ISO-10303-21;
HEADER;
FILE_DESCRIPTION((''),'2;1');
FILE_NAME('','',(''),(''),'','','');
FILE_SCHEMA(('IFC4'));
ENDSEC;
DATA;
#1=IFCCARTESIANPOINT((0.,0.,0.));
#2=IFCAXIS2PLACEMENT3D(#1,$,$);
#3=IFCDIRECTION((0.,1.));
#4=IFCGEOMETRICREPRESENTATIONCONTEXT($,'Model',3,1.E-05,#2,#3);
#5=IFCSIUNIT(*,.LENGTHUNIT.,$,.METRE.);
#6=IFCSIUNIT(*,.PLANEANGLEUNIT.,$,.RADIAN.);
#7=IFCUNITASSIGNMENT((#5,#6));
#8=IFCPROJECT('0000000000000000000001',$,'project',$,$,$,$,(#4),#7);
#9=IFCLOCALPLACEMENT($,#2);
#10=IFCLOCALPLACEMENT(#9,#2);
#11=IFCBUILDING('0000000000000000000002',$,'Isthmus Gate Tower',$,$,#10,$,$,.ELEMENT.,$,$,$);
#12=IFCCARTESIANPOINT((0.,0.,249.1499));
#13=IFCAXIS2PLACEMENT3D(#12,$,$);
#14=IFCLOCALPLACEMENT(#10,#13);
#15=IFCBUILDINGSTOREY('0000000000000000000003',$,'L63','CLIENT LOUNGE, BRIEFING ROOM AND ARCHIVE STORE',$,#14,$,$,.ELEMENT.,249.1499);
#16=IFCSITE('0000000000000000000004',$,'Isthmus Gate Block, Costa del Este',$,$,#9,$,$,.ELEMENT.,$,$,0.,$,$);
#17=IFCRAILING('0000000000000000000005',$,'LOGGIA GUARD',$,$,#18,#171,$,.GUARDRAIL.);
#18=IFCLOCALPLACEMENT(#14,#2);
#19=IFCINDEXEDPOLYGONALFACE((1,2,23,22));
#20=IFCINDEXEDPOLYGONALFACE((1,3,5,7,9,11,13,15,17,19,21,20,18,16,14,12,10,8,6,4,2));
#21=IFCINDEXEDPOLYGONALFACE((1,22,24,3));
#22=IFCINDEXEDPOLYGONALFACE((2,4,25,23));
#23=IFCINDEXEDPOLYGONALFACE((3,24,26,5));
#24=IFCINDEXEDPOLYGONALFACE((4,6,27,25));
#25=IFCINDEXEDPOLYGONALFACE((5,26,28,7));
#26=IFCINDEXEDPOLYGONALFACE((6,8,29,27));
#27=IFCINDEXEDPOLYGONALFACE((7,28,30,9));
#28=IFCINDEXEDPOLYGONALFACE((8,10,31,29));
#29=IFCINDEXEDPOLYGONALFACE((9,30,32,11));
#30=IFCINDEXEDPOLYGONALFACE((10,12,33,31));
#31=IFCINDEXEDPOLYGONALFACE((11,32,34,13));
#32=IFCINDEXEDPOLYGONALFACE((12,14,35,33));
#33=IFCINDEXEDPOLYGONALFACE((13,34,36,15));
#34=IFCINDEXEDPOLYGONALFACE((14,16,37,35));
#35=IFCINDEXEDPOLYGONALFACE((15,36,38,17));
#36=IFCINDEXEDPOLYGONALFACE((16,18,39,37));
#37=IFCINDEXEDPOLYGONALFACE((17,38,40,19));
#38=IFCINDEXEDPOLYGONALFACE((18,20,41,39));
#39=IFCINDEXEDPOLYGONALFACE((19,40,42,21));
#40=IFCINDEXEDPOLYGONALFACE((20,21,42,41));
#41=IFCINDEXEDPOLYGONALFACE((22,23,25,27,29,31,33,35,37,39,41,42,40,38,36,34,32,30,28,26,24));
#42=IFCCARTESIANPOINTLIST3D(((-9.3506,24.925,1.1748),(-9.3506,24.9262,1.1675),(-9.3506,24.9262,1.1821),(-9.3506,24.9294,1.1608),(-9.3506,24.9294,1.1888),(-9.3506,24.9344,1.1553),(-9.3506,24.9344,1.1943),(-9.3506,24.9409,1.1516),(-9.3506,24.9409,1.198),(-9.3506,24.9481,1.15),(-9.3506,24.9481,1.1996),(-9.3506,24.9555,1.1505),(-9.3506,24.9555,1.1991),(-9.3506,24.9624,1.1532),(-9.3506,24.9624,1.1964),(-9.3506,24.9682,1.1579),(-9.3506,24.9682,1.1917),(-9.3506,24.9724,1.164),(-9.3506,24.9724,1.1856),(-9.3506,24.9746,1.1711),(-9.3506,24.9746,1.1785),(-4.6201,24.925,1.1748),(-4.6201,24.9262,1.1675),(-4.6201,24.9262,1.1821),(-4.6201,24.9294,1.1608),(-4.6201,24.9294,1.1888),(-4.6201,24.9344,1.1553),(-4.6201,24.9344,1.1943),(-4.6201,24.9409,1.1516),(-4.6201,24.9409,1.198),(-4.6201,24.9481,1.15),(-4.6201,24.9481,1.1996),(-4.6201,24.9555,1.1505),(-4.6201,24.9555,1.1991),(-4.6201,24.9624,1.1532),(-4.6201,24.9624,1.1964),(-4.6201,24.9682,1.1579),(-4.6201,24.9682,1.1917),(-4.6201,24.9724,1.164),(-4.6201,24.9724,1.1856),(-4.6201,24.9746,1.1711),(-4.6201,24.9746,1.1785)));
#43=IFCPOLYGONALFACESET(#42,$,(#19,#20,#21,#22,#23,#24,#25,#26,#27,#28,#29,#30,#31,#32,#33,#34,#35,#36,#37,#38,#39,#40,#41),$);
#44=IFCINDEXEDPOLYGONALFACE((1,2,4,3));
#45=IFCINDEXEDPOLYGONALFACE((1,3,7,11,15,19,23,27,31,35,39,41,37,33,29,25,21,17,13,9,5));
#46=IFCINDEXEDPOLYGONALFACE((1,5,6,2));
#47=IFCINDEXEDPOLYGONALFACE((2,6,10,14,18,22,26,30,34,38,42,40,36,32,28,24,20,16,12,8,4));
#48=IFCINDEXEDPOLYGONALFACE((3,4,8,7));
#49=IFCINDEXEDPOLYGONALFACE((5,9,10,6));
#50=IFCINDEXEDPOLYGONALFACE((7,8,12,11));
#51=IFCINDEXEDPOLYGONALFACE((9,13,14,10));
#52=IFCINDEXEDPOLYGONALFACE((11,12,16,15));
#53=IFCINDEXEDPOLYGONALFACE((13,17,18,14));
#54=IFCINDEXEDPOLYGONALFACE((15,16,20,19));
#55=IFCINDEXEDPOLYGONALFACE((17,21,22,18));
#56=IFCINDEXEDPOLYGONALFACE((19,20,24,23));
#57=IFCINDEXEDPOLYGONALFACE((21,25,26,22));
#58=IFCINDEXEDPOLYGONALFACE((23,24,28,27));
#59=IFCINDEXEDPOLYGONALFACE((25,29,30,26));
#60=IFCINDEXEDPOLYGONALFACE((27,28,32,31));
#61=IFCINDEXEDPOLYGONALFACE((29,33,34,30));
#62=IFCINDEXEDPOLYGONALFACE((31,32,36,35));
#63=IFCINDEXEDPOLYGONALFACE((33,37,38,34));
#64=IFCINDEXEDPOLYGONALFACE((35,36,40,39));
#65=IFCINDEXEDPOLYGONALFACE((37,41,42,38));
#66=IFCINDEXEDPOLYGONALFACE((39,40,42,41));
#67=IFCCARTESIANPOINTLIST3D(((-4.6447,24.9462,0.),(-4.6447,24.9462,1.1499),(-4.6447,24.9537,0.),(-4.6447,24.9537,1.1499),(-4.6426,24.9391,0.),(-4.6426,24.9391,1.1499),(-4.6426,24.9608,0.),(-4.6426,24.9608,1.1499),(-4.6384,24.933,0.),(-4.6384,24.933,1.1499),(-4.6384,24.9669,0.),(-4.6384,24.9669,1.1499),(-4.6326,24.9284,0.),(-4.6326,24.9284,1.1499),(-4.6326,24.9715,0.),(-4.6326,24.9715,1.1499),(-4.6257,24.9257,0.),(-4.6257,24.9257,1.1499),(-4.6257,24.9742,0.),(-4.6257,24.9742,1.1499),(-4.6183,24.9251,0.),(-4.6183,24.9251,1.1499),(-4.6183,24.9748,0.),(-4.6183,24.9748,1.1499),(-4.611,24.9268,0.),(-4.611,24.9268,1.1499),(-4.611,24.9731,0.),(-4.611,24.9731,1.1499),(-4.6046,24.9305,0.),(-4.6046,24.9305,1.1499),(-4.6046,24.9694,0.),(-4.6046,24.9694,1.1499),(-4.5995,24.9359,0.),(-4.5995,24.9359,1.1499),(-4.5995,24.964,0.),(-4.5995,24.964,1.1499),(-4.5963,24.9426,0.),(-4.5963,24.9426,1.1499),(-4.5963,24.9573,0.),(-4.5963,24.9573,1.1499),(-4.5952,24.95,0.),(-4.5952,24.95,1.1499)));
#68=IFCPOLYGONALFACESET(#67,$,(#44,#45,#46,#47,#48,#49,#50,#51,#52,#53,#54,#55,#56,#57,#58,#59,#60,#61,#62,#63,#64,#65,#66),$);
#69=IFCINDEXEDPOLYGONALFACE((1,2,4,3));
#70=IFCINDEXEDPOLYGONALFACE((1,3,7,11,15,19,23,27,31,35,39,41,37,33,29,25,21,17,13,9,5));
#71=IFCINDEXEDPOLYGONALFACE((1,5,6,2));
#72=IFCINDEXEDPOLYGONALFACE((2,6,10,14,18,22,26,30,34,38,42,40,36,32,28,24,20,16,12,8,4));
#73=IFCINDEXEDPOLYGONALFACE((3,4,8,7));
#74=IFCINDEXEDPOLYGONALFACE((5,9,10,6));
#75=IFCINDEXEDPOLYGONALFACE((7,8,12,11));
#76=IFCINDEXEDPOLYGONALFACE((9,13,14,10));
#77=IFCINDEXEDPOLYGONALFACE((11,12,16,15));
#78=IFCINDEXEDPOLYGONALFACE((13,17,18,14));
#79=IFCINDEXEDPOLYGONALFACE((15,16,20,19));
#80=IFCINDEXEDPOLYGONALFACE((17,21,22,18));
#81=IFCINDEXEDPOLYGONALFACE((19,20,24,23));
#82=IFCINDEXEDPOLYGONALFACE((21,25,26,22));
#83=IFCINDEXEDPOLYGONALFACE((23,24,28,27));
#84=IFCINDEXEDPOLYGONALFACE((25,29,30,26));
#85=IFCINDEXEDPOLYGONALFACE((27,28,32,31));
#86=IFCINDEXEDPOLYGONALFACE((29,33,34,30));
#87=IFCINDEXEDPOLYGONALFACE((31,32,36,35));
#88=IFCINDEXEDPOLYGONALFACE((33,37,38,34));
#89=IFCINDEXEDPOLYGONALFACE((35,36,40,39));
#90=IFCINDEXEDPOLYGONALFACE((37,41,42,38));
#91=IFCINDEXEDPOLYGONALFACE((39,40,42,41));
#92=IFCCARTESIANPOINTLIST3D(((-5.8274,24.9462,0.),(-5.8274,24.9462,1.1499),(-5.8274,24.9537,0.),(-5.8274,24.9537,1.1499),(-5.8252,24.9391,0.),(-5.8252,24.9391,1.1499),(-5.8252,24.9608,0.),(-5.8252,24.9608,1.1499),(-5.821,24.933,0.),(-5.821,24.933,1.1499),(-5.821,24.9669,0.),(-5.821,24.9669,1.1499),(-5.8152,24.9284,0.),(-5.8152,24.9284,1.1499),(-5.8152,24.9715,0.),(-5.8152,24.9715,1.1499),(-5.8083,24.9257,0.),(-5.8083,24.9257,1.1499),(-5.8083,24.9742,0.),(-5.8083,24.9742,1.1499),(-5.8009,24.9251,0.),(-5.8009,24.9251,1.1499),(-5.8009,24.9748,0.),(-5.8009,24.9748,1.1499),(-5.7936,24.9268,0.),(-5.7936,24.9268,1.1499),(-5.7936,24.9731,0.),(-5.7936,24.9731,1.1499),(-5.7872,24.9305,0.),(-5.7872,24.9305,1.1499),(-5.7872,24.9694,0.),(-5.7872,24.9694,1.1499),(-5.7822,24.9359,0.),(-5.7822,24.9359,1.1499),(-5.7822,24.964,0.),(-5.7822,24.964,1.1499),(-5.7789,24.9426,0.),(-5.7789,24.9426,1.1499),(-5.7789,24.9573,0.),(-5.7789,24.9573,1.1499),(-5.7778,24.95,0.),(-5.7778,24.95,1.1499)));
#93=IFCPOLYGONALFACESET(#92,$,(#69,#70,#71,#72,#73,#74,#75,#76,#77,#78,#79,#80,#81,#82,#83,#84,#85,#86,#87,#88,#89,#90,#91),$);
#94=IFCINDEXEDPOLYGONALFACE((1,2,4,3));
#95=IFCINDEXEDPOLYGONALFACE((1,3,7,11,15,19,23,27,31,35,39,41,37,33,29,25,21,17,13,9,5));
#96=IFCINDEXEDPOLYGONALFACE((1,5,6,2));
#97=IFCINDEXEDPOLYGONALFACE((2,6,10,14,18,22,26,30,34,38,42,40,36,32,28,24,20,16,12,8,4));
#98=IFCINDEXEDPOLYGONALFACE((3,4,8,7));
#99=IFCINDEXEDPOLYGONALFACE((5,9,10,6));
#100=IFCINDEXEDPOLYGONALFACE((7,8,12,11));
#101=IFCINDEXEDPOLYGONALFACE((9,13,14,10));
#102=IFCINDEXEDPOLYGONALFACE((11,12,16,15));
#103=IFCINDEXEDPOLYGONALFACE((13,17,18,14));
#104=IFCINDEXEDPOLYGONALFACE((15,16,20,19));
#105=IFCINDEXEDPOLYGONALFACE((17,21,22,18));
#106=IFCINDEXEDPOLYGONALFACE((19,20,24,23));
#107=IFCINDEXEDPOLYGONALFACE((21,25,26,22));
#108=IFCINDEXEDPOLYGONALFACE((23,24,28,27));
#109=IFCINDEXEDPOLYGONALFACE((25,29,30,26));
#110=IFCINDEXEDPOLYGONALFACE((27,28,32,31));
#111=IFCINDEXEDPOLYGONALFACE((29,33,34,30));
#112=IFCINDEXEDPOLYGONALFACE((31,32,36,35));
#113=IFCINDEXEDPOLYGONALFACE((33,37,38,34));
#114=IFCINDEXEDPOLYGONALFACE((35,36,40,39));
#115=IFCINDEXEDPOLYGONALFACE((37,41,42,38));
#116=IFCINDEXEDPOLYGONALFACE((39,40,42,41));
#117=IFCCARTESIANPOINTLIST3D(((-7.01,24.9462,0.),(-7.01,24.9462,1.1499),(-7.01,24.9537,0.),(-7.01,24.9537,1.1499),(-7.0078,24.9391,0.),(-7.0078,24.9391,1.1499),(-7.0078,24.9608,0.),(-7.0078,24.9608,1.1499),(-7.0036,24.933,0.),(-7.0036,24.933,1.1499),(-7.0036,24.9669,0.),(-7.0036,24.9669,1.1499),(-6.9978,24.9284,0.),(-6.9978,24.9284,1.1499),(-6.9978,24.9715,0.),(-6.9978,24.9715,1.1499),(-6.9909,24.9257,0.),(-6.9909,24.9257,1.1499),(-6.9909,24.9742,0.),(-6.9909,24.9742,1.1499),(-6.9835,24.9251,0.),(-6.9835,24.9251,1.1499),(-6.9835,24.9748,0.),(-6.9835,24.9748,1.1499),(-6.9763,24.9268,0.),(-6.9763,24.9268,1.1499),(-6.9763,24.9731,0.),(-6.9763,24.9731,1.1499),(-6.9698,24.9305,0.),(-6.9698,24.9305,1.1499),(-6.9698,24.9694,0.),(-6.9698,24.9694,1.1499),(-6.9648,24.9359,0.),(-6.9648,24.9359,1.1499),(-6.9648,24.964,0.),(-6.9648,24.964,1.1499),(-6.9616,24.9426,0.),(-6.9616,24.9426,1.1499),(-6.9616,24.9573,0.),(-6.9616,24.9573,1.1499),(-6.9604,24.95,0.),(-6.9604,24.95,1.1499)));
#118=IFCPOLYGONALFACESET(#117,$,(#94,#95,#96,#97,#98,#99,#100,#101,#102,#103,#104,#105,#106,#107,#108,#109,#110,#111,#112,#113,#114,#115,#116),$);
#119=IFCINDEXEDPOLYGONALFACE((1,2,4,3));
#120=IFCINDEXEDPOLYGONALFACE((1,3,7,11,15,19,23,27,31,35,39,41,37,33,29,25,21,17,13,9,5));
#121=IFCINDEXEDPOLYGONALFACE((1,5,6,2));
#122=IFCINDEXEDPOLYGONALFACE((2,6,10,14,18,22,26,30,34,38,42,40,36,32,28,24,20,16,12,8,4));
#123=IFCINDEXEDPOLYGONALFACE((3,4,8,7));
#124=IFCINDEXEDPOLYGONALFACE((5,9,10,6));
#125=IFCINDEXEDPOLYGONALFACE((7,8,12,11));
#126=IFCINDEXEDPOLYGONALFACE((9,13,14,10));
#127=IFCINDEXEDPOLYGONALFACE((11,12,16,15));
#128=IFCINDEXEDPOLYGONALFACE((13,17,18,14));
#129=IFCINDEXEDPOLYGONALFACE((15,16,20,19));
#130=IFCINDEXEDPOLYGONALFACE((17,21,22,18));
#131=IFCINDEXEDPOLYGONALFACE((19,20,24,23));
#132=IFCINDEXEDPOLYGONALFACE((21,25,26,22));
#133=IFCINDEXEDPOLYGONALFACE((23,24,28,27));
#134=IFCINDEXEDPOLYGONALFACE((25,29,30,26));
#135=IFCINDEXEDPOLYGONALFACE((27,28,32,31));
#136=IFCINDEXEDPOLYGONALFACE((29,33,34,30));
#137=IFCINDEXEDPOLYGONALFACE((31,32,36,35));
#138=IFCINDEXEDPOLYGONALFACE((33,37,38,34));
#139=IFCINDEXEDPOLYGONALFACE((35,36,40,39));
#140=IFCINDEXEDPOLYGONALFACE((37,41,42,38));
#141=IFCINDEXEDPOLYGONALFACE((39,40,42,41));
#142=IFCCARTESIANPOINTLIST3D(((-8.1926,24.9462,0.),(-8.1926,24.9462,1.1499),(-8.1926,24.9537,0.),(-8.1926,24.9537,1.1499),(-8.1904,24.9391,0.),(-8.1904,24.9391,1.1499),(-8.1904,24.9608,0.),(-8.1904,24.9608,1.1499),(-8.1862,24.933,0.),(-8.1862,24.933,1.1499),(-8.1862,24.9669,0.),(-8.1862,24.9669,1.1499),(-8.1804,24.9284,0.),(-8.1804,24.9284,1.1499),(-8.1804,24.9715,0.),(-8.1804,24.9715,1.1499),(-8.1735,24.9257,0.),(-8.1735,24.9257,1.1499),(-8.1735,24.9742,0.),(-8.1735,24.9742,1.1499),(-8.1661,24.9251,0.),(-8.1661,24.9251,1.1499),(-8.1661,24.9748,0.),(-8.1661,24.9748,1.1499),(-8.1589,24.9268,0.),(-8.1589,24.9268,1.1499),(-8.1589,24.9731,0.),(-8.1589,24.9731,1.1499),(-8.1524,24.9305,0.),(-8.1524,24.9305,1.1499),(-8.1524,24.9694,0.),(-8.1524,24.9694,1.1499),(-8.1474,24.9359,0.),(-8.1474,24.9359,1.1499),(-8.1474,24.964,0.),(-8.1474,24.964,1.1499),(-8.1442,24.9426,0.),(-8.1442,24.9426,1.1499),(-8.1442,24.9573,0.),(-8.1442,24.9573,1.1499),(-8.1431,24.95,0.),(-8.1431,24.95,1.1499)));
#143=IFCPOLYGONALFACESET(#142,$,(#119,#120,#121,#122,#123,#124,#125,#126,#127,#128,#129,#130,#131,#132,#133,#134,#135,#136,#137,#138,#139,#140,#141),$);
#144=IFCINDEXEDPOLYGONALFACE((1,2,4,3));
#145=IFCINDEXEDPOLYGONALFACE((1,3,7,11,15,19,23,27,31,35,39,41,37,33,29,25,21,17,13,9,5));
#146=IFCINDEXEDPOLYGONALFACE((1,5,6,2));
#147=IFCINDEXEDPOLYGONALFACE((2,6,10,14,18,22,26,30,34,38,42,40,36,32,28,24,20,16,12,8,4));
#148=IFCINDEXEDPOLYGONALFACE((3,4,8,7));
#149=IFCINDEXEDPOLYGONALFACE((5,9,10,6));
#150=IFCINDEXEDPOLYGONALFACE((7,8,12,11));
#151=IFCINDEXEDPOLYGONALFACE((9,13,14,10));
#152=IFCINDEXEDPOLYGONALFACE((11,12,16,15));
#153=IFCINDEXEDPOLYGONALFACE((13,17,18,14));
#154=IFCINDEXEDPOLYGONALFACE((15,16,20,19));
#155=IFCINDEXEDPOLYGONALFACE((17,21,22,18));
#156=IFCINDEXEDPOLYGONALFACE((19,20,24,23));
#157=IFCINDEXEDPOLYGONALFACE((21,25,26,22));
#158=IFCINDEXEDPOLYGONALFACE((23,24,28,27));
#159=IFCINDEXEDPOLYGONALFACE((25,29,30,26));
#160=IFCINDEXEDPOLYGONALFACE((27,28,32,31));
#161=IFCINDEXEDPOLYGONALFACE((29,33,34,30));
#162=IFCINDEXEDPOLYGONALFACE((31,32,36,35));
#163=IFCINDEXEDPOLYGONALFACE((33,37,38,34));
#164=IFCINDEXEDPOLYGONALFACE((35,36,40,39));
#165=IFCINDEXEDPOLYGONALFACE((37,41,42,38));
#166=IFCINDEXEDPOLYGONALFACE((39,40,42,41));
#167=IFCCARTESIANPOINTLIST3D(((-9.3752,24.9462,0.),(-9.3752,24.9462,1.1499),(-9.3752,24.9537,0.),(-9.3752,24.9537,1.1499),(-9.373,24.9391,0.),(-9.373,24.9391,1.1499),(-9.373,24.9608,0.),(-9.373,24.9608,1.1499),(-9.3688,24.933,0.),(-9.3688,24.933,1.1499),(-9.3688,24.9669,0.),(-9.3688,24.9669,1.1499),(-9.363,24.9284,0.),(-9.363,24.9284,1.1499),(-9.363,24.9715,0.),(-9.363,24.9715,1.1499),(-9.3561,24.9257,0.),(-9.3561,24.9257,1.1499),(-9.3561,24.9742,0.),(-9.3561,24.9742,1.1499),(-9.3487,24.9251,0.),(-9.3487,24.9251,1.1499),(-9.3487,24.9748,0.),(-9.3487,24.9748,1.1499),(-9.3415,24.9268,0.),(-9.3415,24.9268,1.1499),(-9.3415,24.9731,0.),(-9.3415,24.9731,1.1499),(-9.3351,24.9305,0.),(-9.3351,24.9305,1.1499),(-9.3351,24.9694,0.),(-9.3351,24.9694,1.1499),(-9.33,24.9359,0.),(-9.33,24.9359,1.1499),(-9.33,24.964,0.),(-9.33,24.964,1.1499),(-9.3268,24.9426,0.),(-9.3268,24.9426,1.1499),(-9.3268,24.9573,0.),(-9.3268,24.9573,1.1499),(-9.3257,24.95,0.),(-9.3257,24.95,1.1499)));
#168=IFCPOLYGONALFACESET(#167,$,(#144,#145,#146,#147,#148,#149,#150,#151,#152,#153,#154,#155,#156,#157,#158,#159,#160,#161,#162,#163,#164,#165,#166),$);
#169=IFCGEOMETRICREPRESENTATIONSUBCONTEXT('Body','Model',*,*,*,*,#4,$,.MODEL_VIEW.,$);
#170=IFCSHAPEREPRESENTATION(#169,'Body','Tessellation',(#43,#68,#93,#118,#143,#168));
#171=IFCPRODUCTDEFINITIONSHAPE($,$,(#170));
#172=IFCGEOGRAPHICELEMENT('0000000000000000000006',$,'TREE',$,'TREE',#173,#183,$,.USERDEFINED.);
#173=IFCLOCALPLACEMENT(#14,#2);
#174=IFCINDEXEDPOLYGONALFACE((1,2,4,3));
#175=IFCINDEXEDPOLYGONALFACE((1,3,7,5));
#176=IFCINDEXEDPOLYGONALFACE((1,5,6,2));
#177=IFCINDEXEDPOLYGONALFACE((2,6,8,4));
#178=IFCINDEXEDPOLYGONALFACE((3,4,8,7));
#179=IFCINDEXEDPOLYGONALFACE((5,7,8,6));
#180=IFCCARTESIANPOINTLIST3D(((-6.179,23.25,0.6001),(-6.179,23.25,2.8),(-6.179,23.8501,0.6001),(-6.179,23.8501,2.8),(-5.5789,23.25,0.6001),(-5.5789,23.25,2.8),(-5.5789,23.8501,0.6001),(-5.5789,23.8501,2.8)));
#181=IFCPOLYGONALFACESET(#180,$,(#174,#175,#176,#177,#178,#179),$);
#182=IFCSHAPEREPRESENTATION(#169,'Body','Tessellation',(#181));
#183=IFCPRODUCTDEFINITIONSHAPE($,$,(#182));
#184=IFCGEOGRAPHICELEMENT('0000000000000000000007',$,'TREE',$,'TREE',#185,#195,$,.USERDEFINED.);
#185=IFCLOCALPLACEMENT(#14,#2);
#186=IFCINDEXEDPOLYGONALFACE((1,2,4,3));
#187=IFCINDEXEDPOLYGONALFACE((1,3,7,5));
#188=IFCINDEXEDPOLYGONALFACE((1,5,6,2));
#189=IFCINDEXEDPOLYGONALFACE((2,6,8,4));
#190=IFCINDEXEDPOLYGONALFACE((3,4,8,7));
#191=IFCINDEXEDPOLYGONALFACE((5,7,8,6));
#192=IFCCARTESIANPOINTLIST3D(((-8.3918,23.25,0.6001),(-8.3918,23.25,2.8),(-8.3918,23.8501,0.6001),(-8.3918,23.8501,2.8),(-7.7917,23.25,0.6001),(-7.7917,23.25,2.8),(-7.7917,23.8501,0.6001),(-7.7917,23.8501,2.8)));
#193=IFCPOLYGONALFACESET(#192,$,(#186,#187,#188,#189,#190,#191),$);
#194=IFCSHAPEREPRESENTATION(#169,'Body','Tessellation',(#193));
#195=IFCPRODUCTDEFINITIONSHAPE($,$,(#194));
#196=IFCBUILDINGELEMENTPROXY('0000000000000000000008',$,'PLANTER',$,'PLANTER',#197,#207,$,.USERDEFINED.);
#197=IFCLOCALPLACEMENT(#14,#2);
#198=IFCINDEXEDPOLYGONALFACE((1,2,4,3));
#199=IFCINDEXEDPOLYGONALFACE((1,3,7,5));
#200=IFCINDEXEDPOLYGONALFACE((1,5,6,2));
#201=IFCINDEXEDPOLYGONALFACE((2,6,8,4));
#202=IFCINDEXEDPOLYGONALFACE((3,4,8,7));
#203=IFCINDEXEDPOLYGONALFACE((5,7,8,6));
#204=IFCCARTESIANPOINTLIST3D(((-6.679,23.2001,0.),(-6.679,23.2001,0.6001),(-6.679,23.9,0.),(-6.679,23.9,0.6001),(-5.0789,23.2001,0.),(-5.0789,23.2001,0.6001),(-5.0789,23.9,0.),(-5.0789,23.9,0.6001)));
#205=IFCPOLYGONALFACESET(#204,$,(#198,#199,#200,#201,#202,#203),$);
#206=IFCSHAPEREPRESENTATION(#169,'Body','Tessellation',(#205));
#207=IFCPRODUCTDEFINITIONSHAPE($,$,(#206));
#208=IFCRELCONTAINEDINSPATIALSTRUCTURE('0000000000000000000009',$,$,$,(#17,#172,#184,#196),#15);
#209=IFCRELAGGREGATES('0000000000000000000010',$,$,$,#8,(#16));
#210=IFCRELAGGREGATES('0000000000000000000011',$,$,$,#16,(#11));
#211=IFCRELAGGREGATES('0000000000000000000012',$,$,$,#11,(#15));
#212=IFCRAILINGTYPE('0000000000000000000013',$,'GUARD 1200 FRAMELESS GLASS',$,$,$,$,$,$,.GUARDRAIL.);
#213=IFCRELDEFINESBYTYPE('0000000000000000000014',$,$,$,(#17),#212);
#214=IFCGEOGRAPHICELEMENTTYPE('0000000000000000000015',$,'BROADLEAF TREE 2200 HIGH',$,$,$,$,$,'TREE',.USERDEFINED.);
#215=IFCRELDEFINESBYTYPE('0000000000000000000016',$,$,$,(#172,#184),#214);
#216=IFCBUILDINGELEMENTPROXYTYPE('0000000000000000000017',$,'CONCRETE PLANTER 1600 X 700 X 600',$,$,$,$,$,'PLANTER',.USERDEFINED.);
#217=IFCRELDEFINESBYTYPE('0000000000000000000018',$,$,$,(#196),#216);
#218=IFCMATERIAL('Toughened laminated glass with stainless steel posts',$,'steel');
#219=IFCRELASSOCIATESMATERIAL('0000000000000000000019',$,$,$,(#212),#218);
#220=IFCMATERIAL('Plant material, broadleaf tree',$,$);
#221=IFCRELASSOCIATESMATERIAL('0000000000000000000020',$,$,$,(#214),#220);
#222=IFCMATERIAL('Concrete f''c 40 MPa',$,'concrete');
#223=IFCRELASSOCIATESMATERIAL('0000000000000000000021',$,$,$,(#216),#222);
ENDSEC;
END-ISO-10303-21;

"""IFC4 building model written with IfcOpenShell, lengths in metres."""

from ifc_helpers import new_model, si_unit, direction, frame, origin, origin_2d, place, context, subcontext, project, spatial, rectangle, circle, extrude, material, type_object, element, save


model = new_model("IFC4")

# Units and contexts
model_context = context("Model", 3, precision=1e-05, world=origin(), true_north=direction((0.0, 1.0)))
body_context = subcontext(model_context, "Body", "Model", "MODEL_VIEW")
ifc_project = project(units=[si_unit("LENGTHUNIT", "METRE"), si_unit("PLANEANGLEUNIT", "RADIAN")], contexts=[model_context])

# Site, building, storey
site_placement = place(None, origin())
site = spatial("IfcSite", under=ifc_project, at=site_placement, Name="Isthmus Gate Block, Costa del Este", CompositionType="ELEMENT", RefElevation=0.0)
building_placement = place(site_placement, origin())
building = spatial("IfcBuilding", under=site, at=building_placement, Name="Isthmus Gate Tower", CompositionType="ELEMENT")
storey_placement = place(building_placement, frame((0.0, 0.0, 249.1499)))
storey = spatial("IfcBuildingStorey", under=building, at=storey_placement, Name="L63", Description="CLIENT LOUNGE, BRIEFING ROOM AND ARCHIVE STORE", CompositionType="ELEMENT", Elevation=249.1499)

# Railing
ifc_material_1 = material(Name="Toughened laminated glass with stainless steel posts", Category="steel")
railing_type = type_object("IfcRailingType", Name="GUARD 1200 FRAMELESS GLASS", PredefinedType="GUARDRAIL", material=ifc_material_1)
railing_placement = place(storey_placement, frame((-4.6201, 24.95, 0.0)))
element("IfcRailing", 1, at=railing_placement, inside=storey, type_object=railing_type, Name="LOGGIA GUARD", PredefinedType="GUARDRAIL", context=body_context, shape_type="SweptSolid", body=[
    extrude(circle(Radius=0.0249, at=origin_2d()), frame((0.0, 0.0, 1.1748), z_axis=(-1.0, 0.0, 0.0), x_axis=(0.0, -1.0, 0.0)), (0.0, 0.0, 1.0), 4.7305),
    extrude(circle(Radius=0.0249, at=origin_2d()), origin(), (0.0, 0.0, 1.0), 1.1499),
    extrude(circle(Radius=0.0249, at=origin_2d()), frame((-1.1826, 0.0, 0.0)), (0.0, 0.0, 1.0), 1.1499),
    extrude(circle(Radius=0.0249, at=origin_2d()), frame((-2.3652, 0.0, 0.0)), (0.0, 0.0, 1.0), 1.1499),
    extrude(circle(Radius=0.0249, at=origin_2d()), frame((-3.5479, 0.0, 0.0)), (0.0, 0.0, 1.0), 1.1499),
    extrude(circle(Radius=0.0249, at=origin_2d()), frame((-4.7305, 0.0, 0.0)), (0.0, 0.0, 1.0), 1.1499),
])

# Geographic elements
ifc_material_2 = material(Name="Plant material, broadleaf tree")
geographic_element_type = type_object("IfcGeographicElementType", Name="BROADLEAF TREE 2200 HIGH", ElementType="TREE", PredefinedType="USERDEFINED", material=ifc_material_2)
for number, where, z_axis, x_axis, name in (
    (2, (-5.8789, 23.55, 0.6001), (0.0, 0.0, 1.0), (-1.0, 0.0, 0.0), "TREE"),
    (3, (-8.0918, 23.55, 0.6001), (0.0, 0.0, 1.0), (-1.0, 0.0, 0.0), "TREE"),
):
    element("IfcGeographicElement", number, at=place(storey_placement, frame(where, z_axis=z_axis, x_axis=x_axis)), inside=storey, type_object=geographic_element_type, Name=name, ObjectType="TREE", PredefinedType="USERDEFINED", context=body_context, shape_type="SweptSolid", body=[
        extrude(rectangle(XDim=0.6001, YDim=0.6001, at=origin_2d()), origin(), (0.0, 0.0, 1.0), 2.2),
    ])

# Building element proxy
ifc_material_3 = material(Name="Concrete f'c 40 MPa", Category="concrete")
building_element_proxy_type = type_object("IfcBuildingElementProxyType", Name="CONCRETE PLANTER 1600 X 700 X 600", ElementType="PLANTER", PredefinedType="USERDEFINED", material=ifc_material_3)
for number, where, z_axis, x_axis, name in (
    (4, (-5.8789, 23.55, 0.0), (0.0, 0.0, 1.0), (-1.0, 0.0, 0.0), "PLANTER"),
):
    element("IfcBuildingElementProxy", number, at=place(storey_placement, frame(where, z_axis=z_axis, x_axis=x_axis)), inside=storey, type_object=building_element_proxy_type, Name=name, ObjectType="PLANTER", PredefinedType="USERDEFINED", context=body_context, shape_type="SweptSolid", body=[
        extrude(rectangle(XDim=1.6001, YDim=0.7, at=origin_2d()), origin(), (0.0, 0.0, 1.0), 0.6001),
    ])

save(model, "model.ifc")
